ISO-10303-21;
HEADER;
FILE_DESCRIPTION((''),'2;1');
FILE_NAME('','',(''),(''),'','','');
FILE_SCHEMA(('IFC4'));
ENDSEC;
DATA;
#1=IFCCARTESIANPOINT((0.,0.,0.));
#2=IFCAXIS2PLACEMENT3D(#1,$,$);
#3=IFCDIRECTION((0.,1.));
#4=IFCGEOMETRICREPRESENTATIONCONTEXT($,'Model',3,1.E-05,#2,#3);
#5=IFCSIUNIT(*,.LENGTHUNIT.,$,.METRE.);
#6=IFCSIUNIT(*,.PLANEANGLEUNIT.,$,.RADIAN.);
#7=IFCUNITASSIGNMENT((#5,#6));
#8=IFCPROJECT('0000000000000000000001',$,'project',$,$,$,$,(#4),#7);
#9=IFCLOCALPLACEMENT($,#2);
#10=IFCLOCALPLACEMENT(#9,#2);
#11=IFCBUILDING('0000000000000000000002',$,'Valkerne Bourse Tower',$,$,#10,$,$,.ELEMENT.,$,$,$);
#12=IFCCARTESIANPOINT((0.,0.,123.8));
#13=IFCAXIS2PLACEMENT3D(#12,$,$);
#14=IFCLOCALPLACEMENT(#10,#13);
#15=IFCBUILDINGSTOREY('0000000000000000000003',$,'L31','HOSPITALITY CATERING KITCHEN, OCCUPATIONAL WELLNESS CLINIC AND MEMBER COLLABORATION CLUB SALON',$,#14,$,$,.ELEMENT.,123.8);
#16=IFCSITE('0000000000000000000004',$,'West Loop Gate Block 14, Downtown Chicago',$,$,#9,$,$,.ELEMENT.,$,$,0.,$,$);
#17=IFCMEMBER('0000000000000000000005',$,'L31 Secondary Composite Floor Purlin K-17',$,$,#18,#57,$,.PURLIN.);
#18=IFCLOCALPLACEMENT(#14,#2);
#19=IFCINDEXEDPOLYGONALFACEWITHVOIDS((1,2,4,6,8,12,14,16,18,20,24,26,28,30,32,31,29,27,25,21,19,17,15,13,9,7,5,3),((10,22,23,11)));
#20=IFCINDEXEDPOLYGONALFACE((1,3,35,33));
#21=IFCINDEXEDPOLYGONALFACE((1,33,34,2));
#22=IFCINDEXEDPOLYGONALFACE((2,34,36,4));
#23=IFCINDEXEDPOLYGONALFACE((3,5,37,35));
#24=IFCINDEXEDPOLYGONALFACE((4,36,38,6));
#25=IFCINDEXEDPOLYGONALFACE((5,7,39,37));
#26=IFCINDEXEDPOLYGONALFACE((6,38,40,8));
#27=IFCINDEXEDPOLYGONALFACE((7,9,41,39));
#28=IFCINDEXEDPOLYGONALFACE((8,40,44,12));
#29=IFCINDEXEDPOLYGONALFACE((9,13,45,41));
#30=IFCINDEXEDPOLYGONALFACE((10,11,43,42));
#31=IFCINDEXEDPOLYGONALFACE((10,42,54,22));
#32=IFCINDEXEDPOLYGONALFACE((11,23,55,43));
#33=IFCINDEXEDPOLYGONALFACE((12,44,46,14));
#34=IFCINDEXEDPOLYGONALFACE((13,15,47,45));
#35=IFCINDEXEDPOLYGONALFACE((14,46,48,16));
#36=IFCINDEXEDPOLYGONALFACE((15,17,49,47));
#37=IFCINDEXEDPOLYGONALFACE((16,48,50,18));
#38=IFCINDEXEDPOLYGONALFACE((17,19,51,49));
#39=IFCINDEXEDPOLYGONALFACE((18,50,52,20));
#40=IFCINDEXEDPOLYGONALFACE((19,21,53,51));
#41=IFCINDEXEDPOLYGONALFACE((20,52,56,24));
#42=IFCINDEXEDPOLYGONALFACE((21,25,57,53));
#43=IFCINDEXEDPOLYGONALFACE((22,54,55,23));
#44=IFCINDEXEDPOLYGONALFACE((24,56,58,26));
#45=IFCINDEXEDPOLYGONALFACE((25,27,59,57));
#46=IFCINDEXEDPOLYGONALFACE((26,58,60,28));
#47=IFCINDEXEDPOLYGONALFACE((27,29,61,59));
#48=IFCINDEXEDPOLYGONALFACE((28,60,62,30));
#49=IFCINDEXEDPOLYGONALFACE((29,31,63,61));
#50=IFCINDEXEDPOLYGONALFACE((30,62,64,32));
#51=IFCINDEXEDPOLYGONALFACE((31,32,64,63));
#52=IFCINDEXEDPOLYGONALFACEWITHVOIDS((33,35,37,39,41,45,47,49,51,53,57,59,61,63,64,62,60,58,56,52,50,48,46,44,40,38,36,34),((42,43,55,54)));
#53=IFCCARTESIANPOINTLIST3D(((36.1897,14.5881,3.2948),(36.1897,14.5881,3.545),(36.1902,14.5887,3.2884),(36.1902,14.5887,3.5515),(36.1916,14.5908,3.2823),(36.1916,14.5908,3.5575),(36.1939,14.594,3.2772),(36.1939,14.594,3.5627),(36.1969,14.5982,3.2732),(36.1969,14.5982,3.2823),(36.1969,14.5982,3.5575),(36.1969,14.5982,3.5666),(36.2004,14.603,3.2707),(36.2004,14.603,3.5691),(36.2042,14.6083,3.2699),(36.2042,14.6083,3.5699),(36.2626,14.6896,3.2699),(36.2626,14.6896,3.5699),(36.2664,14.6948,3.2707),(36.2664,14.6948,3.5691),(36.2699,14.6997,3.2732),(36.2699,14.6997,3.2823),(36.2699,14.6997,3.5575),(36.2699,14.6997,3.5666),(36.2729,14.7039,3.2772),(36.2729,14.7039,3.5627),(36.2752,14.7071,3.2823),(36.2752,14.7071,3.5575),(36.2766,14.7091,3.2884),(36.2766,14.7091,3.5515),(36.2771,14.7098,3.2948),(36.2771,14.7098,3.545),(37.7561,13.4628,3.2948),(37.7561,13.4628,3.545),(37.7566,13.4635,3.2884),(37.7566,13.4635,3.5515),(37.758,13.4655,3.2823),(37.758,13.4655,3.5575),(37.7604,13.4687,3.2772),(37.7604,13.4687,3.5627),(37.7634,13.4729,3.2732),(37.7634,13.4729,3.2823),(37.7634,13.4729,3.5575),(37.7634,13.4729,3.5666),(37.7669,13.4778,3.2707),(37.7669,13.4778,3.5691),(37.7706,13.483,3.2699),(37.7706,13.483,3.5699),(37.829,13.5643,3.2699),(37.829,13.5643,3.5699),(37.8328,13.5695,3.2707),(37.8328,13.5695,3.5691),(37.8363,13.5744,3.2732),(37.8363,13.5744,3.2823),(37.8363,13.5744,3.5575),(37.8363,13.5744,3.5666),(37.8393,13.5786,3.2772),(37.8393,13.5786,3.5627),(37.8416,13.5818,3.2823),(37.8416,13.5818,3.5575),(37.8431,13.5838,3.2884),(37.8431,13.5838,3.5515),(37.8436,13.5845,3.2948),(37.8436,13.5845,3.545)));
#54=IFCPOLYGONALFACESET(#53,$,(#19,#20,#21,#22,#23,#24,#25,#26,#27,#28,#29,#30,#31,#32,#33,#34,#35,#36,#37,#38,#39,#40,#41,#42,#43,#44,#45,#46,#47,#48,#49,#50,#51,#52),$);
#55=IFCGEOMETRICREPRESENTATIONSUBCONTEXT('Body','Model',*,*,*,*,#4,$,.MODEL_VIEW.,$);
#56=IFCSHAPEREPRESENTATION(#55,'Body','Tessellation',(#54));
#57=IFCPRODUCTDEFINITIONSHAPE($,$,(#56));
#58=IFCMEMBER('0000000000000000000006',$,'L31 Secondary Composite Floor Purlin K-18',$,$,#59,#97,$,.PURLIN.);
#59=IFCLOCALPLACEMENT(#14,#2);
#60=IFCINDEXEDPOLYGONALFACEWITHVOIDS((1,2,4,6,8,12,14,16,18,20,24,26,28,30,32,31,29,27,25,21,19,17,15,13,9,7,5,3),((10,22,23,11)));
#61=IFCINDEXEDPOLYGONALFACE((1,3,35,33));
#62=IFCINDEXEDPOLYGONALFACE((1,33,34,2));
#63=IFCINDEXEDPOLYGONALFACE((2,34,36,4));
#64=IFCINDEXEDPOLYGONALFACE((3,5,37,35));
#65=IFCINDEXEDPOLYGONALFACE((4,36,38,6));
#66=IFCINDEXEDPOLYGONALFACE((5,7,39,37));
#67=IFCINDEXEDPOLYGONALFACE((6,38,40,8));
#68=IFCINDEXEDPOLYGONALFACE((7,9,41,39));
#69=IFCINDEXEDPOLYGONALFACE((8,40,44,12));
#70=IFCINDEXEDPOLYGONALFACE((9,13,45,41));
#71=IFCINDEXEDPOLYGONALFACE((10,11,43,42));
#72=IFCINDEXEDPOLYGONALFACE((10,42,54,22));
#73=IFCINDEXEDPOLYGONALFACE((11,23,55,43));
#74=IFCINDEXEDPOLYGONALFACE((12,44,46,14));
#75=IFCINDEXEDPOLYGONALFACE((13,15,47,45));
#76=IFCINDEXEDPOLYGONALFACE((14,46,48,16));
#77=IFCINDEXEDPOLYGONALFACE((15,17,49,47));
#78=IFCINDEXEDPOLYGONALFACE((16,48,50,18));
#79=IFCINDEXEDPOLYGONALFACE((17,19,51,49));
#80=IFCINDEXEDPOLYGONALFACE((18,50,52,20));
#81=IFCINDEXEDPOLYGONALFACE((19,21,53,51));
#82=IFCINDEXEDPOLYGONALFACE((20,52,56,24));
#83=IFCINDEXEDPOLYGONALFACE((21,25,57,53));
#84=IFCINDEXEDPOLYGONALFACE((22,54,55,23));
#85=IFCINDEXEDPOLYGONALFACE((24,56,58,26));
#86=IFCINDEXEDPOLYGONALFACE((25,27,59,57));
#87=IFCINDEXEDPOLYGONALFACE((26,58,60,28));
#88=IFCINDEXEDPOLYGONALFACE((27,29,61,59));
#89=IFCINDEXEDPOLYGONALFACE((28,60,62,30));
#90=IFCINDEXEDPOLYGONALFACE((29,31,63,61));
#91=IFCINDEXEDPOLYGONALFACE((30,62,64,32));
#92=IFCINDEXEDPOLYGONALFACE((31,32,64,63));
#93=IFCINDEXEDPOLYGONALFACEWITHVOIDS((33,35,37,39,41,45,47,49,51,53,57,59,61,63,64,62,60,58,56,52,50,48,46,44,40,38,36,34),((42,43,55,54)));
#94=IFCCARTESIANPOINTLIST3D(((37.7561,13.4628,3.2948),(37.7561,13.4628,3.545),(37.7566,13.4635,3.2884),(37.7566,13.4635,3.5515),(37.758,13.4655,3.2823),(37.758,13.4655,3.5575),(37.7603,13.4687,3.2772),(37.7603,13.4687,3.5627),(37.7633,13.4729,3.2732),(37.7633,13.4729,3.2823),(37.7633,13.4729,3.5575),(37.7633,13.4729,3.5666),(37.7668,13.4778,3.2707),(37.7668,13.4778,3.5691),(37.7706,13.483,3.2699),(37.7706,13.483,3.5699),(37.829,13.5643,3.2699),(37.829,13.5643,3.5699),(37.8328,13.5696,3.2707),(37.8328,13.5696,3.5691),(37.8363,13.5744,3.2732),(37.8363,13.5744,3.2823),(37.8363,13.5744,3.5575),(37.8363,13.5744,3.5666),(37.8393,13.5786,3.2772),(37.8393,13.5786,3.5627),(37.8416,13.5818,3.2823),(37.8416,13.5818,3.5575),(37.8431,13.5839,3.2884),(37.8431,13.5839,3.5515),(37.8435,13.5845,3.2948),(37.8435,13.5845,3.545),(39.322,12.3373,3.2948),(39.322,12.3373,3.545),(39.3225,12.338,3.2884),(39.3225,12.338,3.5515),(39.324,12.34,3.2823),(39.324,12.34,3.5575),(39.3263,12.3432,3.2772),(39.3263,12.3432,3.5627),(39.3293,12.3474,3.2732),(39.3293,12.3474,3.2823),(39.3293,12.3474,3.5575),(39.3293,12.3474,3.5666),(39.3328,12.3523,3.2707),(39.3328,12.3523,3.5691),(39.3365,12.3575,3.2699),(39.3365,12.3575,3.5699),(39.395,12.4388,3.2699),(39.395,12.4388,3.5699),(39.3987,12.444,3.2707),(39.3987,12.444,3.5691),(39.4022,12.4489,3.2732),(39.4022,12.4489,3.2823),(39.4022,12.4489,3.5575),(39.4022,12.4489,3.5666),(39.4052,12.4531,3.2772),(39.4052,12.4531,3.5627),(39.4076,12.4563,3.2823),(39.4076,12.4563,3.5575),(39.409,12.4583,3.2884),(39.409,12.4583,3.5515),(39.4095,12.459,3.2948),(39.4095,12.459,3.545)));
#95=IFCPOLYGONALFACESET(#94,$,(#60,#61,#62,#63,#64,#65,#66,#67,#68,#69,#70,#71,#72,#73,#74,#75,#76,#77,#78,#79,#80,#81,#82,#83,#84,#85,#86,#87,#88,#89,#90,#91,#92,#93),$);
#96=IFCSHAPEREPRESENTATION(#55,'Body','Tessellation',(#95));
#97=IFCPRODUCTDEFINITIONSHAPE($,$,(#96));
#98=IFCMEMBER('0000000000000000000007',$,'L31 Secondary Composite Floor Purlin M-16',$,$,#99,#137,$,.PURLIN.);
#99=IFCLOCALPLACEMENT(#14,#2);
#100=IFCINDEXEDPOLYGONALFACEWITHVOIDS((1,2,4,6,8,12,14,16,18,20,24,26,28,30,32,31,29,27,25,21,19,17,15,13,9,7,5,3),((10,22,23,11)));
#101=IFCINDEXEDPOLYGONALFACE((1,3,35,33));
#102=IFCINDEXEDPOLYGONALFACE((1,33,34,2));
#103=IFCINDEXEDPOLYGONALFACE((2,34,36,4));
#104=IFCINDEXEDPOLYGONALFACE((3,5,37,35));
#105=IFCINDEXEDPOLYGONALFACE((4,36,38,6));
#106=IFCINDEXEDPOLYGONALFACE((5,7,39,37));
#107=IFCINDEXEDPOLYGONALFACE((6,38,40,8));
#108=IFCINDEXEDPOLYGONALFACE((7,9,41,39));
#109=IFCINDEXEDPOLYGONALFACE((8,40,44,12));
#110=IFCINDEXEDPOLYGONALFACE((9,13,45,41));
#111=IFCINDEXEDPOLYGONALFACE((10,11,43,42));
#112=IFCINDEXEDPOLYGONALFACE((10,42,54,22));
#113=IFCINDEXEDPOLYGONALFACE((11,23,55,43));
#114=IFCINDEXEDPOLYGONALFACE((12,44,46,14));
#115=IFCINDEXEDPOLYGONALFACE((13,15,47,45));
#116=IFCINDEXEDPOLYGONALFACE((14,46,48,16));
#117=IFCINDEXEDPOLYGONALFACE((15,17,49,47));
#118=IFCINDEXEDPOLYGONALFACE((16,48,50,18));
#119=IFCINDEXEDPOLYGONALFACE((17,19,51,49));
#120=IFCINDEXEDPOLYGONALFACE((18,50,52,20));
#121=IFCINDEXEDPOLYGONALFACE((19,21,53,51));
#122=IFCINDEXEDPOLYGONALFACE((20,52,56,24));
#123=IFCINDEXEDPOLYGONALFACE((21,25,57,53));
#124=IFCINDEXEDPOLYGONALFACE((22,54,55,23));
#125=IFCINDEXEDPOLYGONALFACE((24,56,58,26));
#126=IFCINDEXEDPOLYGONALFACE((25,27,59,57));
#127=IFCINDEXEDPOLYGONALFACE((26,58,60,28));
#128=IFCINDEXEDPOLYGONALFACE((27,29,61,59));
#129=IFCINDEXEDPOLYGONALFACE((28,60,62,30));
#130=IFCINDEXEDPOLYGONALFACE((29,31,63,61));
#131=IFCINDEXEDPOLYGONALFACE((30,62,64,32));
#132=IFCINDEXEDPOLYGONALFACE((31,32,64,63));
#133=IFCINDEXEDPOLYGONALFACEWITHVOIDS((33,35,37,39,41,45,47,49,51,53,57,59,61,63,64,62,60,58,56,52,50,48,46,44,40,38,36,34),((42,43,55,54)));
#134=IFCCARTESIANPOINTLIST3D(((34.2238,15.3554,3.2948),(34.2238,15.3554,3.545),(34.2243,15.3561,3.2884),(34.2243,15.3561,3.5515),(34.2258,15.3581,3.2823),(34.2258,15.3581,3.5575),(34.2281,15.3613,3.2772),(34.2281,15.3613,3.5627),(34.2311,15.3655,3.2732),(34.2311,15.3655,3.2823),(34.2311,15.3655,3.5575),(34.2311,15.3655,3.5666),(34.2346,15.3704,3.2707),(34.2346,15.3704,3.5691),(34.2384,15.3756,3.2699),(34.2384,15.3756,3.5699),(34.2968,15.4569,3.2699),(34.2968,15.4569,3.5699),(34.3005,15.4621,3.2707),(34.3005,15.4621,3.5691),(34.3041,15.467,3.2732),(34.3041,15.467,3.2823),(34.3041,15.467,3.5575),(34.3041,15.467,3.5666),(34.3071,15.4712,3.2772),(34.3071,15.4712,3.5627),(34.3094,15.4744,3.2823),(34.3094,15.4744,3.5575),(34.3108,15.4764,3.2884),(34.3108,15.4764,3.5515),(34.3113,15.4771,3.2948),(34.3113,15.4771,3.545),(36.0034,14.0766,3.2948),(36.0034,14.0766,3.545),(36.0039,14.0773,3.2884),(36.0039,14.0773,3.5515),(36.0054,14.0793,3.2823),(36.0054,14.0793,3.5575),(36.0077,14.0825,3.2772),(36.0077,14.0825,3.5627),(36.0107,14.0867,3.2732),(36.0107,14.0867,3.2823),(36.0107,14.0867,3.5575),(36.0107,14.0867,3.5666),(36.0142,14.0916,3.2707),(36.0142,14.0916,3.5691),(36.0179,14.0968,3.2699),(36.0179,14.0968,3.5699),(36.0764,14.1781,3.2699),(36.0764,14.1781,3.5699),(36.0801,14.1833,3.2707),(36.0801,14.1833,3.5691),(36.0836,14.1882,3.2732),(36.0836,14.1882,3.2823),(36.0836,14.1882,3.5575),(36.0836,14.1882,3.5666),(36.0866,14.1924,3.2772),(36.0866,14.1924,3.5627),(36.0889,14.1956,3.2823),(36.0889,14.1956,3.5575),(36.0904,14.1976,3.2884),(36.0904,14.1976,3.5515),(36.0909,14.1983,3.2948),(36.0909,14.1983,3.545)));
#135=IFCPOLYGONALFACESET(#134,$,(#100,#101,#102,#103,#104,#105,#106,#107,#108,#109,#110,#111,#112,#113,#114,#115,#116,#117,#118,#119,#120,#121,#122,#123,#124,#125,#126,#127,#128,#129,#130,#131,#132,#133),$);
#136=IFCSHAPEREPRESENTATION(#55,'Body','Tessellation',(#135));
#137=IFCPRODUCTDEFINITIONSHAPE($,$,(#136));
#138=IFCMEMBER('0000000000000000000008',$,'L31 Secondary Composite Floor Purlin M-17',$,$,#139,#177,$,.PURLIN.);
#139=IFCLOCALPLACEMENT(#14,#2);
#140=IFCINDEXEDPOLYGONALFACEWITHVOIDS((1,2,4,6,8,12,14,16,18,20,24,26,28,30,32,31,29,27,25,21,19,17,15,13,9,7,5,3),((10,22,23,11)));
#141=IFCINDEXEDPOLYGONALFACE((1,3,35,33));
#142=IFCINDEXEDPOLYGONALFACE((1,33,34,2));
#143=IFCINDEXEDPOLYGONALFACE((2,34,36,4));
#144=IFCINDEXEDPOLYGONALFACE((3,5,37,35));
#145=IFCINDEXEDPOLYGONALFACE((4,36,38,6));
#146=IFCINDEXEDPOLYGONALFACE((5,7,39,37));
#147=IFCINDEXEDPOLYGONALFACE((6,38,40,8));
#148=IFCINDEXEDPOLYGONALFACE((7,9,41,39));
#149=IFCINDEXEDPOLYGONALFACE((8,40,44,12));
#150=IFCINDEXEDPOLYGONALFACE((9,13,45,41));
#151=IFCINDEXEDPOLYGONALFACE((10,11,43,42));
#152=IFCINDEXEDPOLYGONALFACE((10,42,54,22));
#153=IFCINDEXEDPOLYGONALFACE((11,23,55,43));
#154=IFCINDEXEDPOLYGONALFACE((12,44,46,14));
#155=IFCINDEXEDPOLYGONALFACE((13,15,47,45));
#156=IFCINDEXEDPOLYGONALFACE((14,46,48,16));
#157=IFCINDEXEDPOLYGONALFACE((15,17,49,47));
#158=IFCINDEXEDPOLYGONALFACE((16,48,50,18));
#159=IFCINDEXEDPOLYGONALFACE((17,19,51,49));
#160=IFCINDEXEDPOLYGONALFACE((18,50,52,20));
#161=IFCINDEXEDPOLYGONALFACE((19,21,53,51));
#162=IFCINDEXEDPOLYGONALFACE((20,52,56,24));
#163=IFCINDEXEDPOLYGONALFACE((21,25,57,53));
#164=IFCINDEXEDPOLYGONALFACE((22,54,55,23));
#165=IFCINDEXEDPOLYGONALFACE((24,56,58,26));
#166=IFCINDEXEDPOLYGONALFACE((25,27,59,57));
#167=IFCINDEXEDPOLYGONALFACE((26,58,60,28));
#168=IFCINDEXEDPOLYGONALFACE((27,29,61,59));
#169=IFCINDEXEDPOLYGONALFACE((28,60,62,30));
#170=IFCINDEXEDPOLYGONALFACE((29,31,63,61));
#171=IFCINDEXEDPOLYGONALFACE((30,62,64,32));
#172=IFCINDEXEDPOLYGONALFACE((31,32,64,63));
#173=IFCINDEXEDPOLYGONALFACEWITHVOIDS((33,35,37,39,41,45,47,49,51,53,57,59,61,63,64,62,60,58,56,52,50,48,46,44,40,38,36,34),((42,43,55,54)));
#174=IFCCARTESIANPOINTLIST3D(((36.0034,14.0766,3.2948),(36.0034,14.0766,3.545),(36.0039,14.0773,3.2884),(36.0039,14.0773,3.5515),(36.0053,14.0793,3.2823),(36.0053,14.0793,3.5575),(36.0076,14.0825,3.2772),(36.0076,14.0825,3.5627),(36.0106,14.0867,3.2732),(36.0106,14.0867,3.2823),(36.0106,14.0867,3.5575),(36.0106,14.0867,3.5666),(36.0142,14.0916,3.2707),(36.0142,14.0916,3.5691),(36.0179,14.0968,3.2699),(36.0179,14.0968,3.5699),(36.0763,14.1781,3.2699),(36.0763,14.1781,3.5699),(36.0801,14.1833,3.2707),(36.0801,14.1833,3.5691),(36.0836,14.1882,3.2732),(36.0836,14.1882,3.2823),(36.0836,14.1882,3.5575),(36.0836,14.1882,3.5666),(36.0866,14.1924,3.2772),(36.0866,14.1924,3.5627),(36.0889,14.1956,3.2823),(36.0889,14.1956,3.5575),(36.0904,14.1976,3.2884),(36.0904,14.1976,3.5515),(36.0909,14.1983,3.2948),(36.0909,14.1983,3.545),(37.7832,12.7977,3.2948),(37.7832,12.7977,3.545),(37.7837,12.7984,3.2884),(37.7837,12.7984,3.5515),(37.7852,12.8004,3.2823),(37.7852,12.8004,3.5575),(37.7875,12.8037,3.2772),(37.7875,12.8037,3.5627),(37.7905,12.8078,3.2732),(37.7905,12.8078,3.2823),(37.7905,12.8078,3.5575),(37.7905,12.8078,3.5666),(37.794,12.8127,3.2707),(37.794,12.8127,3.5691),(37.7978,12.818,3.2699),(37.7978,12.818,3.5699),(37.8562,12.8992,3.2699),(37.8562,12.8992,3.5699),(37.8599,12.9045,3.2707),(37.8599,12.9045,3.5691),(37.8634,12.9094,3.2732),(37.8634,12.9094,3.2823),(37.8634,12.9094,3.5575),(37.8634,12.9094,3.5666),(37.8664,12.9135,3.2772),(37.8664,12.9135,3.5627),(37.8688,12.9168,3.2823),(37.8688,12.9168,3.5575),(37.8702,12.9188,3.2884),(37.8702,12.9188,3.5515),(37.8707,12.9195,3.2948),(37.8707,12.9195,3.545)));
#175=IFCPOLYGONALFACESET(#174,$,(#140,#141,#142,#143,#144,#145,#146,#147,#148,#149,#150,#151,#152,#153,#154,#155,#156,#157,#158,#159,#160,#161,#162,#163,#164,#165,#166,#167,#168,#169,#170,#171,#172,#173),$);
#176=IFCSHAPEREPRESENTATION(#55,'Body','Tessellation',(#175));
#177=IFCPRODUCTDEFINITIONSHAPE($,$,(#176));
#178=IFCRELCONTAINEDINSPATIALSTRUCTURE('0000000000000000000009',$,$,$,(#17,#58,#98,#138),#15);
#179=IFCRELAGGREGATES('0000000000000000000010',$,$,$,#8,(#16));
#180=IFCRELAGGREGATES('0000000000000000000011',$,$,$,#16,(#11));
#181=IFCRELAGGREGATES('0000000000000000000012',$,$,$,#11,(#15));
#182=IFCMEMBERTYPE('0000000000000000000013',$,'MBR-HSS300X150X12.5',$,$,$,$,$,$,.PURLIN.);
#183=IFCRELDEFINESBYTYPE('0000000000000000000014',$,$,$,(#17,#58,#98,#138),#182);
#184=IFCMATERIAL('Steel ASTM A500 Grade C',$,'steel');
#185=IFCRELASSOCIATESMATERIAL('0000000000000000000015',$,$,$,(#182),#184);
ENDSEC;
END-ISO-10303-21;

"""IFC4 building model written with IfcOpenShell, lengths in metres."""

from ifc_helpers import new_model, si_unit, direction, frame, origin, origin_2d, place, context, subcontext, project, spatial, hollow_rectangle, extrude, material, material_profile, profile_set, type_object, element, save


model = new_model("IFC4")

# Units and contexts
model_context = context("Model", 3, precision=1e-05, world=origin(), true_north=direction((0.0, 1.0)))
body_context = subcontext(model_context, "Body", "Model", "MODEL_VIEW")
ifc_project = project(units=[si_unit("LENGTHUNIT", "METRE"), si_unit("PLANEANGLEUNIT", "RADIAN")], contexts=[model_context])

# Site, building, storey
site_placement = place(None, origin())
site = spatial("IfcSite", under=ifc_project, at=site_placement, Name="West Loop Gate Block 14, Downtown Chicago", CompositionType="ELEMENT", RefElevation=0.0)
building_placement = place(site_placement, origin())
building = spatial("IfcBuilding", under=site, at=building_placement, Name="Valkerne Bourse Tower", CompositionType="ELEMENT")
storey_placement = place(building_placement, frame((0.0, 0.0, 123.8)))
storey = spatial("IfcBuildingStorey", under=building, at=storey_placement, Name="L31", Description="HOSPITALITY CATERING KITCHEN, OCCUPATIONAL WELLNESS CLINIC AND MEMBER COLLABORATION CLUB SALON", CompositionType="ELEMENT", Elevation=123.8)

# Members
ifc_material_1 = material(Name="Steel ASTM A500 Grade C", Category="steel")
ifc_material_profile_1 = material_profile(ifc_material_1, hollow_rectangle(XDim=0.1499, YDim=0.3, WallThickness=0.0125, OuterFilletRadius=0.0249, at=origin_2d()), Name="HSS300X150X12.5")
ifc_profile_set_1 = profile_set([ifc_material_profile_1], Name="Steel ASTM A500 Grade C")
member_type_1 = type_object("IfcMemberType", Name="MBR-HSS300X150X12.5", PredefinedType="PURLIN", material=ifc_profile_set_1)
member_1_placement = place(storey_placement, frame((36.2334, 14.6489, 3.4199), z_axis=(0.812165, -0.583427, 0.0), x_axis=(0.583427, 0.812165, 0.0)))
element("IfcMember", 1, at=member_1_placement, inside=storey, type_object=member_type_1, Name="L31 Secondary Composite Floor Purlin K-17", PredefinedType="PURLIN", context=body_context, shape_type="SweptSolid", body=[
    extrude(hollow_rectangle(XDim=0.1499, YDim=0.3, WallThickness=0.0125, OuterFilletRadius=0.0249, at=origin_2d()), origin(), (0.0, 0.0, 1.0), 1.9287),
])
member_2_placement = place(storey_placement, frame((37.7998, 13.5237, 3.4199), z_axis=(0.812019, -0.583631, 0.0), x_axis=(0.583631, 0.812019, 0.0)))
element("IfcMember", 2, at=member_2_placement, inside=storey, type_object=member_type_1, Name="L31 Secondary Composite Floor Purlin K-18", PredefinedType="PURLIN", context=body_context, shape_type="SweptSolid", body=[
    extrude(hollow_rectangle(XDim=0.1499, YDim=0.3, WallThickness=0.0125, OuterFilletRadius=0.0249, at=origin_2d()), origin(), (0.0, 0.0, 1.0), 1.9285),
])
member_3_placement = place(storey_placement, frame((34.2676, 15.4163, 3.4199), z_axis=(0.812067, -0.583565, 0.0), x_axis=(0.583565, 0.812067, 0.0)))
element("IfcMember", 3, at=member_3_placement, inside=storey, type_object=member_type_1, Name="L31 Secondary Composite Floor Purlin M-16", PredefinedType="PURLIN", context=body_context, shape_type="SweptSolid", body=[
    extrude(hollow_rectangle(XDim=0.1499, YDim=0.3, WallThickness=0.0125, OuterFilletRadius=0.0249, at=origin_2d()), origin(), (0.0, 0.0, 1.0), 2.1914),
])
for number, where, z_axis, x_axis, name in (
    (4, (36.0471, 14.1375, 3.4199), (0.812104, -0.583512, 0.0), (0.583512, 0.812104, 0.0), "L31 Secondary Composite Floor Purlin M-17"),
):
    element("IfcMember", number, at=place(storey_placement, frame(where, z_axis=z_axis, x_axis=x_axis)), inside=storey, type_object=member_type_1, Name=name, PredefinedType="PURLIN", context=body_context, shape_type="SweptSolid", body=[
        extrude(hollow_rectangle(XDim=0.1499, YDim=0.3, WallThickness=0.0125, OuterFilletRadius=0.0249, at=origin_2d()), origin(), (0.0, 0.0, 1.0), 2.1917),
    ])

save(model, "model.ifc")
